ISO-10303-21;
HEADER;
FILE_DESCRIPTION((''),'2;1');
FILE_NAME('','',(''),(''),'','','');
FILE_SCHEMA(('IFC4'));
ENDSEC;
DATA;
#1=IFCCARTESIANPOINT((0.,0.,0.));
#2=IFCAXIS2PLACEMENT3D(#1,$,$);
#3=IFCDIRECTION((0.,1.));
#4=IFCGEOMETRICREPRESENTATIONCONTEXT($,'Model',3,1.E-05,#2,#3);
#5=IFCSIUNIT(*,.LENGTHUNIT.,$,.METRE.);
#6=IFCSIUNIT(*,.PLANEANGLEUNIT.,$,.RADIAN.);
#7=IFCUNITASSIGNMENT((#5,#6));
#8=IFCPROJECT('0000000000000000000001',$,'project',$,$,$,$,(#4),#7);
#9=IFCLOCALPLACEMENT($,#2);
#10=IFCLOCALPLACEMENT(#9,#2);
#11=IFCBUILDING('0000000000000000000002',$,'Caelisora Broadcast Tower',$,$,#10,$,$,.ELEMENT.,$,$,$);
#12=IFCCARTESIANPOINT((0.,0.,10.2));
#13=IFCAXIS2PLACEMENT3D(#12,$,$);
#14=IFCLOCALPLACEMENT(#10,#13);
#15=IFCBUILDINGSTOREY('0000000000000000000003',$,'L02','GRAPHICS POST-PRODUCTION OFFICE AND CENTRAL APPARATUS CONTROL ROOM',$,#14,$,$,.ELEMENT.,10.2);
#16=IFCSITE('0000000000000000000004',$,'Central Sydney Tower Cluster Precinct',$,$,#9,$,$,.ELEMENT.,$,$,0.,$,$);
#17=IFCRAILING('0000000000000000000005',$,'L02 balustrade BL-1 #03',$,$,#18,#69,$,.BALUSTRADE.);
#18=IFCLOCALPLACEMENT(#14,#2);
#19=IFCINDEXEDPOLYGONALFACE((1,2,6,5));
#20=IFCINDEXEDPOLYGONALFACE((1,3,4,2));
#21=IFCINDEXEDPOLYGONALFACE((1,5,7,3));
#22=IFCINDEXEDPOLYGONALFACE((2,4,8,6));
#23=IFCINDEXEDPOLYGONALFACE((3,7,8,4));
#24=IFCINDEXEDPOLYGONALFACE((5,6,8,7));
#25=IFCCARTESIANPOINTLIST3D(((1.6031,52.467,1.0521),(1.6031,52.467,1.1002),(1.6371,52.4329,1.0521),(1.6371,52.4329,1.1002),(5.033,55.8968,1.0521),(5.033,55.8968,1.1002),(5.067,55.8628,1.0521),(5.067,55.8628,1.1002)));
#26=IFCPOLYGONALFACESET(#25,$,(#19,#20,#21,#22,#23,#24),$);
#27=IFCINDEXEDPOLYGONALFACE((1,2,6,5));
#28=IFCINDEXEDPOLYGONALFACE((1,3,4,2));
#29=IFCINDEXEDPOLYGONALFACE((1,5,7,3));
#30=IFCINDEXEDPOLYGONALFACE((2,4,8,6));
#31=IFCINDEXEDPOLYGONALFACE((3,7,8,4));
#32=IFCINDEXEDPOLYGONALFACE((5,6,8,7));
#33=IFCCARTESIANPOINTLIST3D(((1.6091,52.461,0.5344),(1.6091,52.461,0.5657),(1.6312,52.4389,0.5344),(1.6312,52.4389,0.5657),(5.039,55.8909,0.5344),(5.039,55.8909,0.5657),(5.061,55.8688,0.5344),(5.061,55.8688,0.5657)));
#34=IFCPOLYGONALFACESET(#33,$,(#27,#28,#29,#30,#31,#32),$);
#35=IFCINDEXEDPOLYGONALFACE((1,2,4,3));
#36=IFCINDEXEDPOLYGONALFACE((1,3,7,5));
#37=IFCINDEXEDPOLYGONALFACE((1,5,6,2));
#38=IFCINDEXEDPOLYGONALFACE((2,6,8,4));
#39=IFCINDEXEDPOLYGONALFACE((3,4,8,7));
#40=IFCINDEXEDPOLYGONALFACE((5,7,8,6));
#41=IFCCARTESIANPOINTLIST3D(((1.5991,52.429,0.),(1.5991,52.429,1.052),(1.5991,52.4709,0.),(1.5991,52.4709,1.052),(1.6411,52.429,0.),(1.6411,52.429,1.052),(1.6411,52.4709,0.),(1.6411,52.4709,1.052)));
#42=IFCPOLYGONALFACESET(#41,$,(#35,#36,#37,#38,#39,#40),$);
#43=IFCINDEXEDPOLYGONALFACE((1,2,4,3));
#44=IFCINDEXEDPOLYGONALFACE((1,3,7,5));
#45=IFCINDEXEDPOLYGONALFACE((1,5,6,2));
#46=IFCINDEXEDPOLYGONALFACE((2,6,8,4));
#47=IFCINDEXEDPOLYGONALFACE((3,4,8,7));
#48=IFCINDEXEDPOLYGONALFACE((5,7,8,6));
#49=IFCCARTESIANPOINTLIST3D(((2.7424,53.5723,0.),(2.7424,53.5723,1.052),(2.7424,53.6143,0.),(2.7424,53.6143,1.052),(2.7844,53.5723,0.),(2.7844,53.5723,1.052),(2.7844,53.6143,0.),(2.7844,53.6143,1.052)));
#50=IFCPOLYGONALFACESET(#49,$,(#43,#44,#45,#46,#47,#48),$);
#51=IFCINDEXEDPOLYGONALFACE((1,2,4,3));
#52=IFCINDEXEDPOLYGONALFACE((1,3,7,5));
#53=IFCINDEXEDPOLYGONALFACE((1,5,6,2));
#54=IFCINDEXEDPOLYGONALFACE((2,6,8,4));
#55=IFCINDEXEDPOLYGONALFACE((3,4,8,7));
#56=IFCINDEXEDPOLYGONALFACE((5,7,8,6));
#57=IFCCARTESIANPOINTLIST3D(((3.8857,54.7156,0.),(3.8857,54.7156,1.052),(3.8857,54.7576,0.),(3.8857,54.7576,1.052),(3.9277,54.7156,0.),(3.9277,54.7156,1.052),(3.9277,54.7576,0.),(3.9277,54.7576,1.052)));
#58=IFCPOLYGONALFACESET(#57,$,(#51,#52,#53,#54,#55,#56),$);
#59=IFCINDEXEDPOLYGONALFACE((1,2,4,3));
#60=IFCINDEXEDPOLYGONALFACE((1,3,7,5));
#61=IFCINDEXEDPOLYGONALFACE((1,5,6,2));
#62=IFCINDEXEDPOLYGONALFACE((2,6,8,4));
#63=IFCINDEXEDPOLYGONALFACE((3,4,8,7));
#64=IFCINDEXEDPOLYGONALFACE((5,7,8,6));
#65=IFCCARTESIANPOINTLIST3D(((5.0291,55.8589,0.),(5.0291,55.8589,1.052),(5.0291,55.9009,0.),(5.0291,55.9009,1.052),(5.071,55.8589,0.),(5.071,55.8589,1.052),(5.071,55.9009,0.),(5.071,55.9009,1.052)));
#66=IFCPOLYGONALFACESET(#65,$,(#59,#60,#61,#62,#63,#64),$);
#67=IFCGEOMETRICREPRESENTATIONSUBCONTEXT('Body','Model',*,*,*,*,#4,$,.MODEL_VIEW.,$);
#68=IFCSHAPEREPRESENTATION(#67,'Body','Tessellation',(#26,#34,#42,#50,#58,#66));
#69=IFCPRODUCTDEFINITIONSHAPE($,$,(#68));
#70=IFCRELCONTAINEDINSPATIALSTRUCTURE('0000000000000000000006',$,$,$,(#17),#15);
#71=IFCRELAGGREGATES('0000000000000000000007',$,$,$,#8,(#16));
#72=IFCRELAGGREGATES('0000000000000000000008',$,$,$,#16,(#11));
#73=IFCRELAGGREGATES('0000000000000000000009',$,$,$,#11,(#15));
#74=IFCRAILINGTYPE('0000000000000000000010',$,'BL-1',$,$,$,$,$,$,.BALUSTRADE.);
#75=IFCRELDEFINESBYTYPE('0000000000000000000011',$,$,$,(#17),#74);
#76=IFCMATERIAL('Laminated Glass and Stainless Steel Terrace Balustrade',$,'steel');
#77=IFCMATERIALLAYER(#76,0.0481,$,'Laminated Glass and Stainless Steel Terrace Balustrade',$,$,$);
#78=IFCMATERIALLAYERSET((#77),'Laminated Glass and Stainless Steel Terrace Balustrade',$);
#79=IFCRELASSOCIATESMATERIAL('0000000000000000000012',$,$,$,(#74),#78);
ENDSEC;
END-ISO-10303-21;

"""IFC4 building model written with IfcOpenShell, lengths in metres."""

from ifc_helpers import new_model, si_unit, direction, frame, origin, origin_2d, place, context, subcontext, project, spatial, rectangle, extrude, material, layer, layer_set, type_object, element, save


model = new_model("IFC4")

# Units and contexts
model_context = context("Model", 3, precision=1e-05, world=origin(), true_north=direction((0.0, 1.0)))
body_context = subcontext(model_context, "Body", "Model", "MODEL_VIEW")
ifc_project = project(units=[si_unit("LENGTHUNIT", "METRE"), si_unit("PLANEANGLEUNIT", "RADIAN")], contexts=[model_context])

# Site, building, storey
site_placement = place(None, origin())
site = spatial("IfcSite", under=ifc_project, at=site_placement, Name="Central Sydney Tower Cluster Precinct", CompositionType="ELEMENT", RefElevation=0.0)
building_placement = place(site_placement, origin())
building = spatial("IfcBuilding", under=site, at=building_placement, Name="Caelisora Broadcast Tower", CompositionType="ELEMENT")
storey_placement = place(building_placement, frame((0.0, 0.0, 10.2)))
storey = spatial("IfcBuildingStorey", under=building, at=storey_placement, Name="L02", Description="GRAPHICS POST-PRODUCTION OFFICE AND CENTRAL APPARATUS CONTROL ROOM", CompositionType="ELEMENT", Elevation=10.2)

# Railing
ifc_material_1 = material(Name="Laminated Glass and Stainless Steel Terrace Balustrade", Category="steel")
ifc_layer_1 = layer(ifc_material_1, 0.0481, Name="Laminated Glass and Stainless Steel Terrace Balustrade")
ifc_layer_set_1 = layer_set([ifc_layer_1], Name="Laminated Glass and Stainless Steel Terrace Balustrade")
railing_type = type_object("IfcRailingType", Name="BL-1", PredefinedType="BALUSTRADE", material=ifc_layer_set_1)
railing_1_placement = place(storey_placement, frame((1.6201, 52.45, 0.0)))
element("IfcRailing", 1, at=railing_1_placement, inside=storey, type_object=railing_type, Name="L02 balustrade BL-1 #03", PredefinedType="BALUSTRADE", context=body_context, shape_type="SweptSolid", body=[
    extrude(rectangle(XDim=0.0481, YDim=0.0481, at=origin_2d()), frame((0.0, 0.0, 1.0762), z_axis=(0.707107, 0.707107, 0.0), x_axis=(-0.707107, 0.707107, 0.0)), (0.0, 0.0, 1.0), 4.8506),
    extrude(rectangle(XDim=0.0312, YDim=0.0312, at=origin_2d()), frame((0.0, 0.0, 0.55), z_axis=(0.707107, 0.707107, 0.0), x_axis=(-0.707107, 0.707107, 0.0)), (0.0, 0.0, 1.0), 4.8506),
    extrude(rectangle(XDim=0.042, YDim=0.042, at=origin_2d()), origin(), (0.0, 0.0, 1.0), 1.052),
    extrude(rectangle(XDim=0.042, YDim=0.042, at=origin_2d()), frame((1.1433, 1.1433, 0.0)), (0.0, 0.0, 1.0), 1.052),
    extrude(rectangle(XDim=0.042, YDim=0.042, at=origin_2d()), frame((2.2866, 2.2866, 0.0)), (0.0, 0.0, 1.0), 1.052),
    extrude(rectangle(XDim=0.042, YDim=0.042, at=origin_2d()), frame((3.4299, 3.4299, 0.0)), (0.0, 0.0, 1.0), 1.052),
])

save(model, "model.ifc")
